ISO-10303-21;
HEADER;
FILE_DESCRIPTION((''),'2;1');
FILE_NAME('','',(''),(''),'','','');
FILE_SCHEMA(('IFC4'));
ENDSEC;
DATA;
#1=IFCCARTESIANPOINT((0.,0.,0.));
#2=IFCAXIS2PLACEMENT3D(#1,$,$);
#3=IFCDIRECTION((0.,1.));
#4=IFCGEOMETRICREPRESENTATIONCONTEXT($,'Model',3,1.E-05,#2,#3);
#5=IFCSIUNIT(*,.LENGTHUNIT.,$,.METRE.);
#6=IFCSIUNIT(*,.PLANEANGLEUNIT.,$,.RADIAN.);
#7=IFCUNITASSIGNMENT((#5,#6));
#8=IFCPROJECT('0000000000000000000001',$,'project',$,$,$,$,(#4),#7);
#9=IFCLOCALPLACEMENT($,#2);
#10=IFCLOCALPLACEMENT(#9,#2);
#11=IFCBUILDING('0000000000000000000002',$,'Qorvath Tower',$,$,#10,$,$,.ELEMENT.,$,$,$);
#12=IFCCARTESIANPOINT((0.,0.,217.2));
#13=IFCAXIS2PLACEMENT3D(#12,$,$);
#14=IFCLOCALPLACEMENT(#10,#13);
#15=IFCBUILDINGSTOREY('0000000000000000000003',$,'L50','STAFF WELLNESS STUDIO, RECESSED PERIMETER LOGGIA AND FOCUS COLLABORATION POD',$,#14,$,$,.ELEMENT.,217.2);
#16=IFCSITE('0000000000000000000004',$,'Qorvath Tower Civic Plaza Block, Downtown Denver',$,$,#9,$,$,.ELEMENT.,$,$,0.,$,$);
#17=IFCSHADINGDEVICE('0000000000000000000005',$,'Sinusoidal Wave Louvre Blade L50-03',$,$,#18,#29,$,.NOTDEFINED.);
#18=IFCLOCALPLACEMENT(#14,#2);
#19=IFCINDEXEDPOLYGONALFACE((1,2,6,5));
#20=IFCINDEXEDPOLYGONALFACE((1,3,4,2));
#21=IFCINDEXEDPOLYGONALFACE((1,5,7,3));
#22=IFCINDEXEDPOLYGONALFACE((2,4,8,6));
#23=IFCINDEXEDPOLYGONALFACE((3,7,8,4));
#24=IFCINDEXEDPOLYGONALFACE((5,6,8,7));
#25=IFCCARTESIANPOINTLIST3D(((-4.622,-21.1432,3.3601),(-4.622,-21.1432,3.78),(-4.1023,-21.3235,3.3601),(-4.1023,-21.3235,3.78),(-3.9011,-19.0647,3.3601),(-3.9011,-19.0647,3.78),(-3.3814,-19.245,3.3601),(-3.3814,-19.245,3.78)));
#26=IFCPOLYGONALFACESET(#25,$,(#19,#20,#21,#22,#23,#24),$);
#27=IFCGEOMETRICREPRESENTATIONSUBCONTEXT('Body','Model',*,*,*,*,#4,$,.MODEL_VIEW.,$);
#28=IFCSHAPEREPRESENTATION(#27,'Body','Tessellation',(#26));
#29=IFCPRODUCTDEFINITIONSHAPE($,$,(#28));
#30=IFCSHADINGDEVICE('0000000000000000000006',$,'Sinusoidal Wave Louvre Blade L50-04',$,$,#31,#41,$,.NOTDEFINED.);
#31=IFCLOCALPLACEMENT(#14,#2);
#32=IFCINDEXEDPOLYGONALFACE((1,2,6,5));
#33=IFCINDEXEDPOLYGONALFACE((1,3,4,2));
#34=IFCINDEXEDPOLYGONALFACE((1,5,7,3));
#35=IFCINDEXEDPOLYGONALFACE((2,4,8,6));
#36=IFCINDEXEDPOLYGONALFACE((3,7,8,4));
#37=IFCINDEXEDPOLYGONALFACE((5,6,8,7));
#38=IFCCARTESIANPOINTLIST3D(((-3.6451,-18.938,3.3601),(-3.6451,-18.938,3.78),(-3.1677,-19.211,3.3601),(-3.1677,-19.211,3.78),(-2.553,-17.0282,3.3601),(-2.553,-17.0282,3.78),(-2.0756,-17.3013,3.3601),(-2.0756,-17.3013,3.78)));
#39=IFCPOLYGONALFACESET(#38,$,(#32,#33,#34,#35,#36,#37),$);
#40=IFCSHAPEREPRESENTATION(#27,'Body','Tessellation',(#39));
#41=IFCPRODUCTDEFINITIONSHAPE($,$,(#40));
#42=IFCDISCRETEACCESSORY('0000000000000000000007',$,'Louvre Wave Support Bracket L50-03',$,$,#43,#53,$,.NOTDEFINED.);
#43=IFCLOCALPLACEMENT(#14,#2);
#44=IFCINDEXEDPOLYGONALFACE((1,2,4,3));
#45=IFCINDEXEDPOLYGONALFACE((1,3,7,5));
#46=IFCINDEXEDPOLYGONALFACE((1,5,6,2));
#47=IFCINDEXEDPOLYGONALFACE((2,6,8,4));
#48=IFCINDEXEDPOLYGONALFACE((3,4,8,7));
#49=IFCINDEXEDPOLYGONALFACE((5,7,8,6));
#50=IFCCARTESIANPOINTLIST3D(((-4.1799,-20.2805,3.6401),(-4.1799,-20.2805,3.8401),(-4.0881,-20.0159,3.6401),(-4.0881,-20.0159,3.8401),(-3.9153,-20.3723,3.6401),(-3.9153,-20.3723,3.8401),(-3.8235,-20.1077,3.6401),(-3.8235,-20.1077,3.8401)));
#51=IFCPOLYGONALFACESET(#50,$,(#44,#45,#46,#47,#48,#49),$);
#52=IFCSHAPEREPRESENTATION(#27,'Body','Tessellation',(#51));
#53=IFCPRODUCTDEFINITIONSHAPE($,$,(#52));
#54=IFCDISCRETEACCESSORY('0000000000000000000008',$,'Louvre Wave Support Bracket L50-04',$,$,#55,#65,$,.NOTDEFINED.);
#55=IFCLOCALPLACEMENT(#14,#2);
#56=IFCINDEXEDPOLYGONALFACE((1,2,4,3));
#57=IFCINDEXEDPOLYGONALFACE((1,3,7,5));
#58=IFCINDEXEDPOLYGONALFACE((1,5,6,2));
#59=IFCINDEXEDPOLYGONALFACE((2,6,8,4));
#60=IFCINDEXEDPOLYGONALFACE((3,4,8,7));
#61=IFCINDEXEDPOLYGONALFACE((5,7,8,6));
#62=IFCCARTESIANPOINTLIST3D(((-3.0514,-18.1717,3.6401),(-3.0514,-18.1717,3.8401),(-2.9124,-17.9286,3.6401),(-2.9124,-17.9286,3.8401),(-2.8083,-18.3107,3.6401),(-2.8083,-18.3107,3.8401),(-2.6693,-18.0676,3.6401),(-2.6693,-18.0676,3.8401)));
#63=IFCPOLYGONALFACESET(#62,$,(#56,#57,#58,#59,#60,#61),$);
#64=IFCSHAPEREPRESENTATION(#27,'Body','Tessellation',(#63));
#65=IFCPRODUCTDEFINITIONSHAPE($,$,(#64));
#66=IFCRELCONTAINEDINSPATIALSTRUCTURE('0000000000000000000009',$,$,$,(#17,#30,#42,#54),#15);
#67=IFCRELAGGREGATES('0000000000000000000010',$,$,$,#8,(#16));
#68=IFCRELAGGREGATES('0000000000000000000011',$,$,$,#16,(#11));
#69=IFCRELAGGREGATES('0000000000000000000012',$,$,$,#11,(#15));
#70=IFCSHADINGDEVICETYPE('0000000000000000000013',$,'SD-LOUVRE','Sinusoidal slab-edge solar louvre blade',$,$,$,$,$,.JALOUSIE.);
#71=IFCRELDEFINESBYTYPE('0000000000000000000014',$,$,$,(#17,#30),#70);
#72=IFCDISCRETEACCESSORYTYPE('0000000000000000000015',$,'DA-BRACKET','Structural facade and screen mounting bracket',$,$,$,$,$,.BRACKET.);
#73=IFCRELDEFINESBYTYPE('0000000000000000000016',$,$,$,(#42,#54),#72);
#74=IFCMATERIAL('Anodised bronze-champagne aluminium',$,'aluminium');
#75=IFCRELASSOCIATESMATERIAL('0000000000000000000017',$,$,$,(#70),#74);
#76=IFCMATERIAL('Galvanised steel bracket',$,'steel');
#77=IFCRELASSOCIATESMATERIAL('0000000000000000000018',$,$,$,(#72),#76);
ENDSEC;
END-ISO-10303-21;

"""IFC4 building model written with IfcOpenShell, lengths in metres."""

from ifc_helpers import new_model, si_unit, direction, frame, origin, origin_2d, place, context, subcontext, project, spatial, rectangle, extrude, material, type_object, element, save


model = new_model("IFC4")

# Units and contexts
model_context = context("Model", 3, precision=1e-05, world=origin(), true_north=direction((0.0, 1.0)))
body_context = subcontext(model_context, "Body", "Model", "MODEL_VIEW")
ifc_project = project(units=[si_unit("LENGTHUNIT", "METRE"), si_unit("PLANEANGLEUNIT", "RADIAN")], contexts=[model_context])

# Site, building, storey
site_placement = place(None, origin())
site = spatial("IfcSite", under=ifc_project, at=site_placement, Name="Qorvath Tower Civic Plaza Block, Downtown Denver", CompositionType="ELEMENT", RefElevation=0.0)
building_placement = place(site_placement, origin())
building = spatial("IfcBuilding", under=site, at=building_placement, Name="Qorvath Tower", CompositionType="ELEMENT")
storey_placement = place(building_placement, frame((0.0, 0.0, 217.2)))
storey = spatial("IfcBuildingStorey", under=building, at=storey_placement, Name="L50", Description="STAFF WELLNESS STUDIO, RECESSED PERIMETER LOGGIA AND FOCUS COLLABORATION POD", CompositionType="ELEMENT", Elevation=217.2)

# Shading devices
ifc_material_1 = material(Name="Anodised bronze-champagne aluminium", Category="aluminium")
shading_device_type = type_object("IfcShadingDeviceType", Name="SD-LOUVRE", Description="Sinusoidal slab-edge solar louvre blade", PredefinedType="JALOUSIE", material=ifc_material_1)
for number, where, z_axis, x_axis, name in (
    (1, (-4.0017, -20.1941, 3.3601), (0.0, 0.0, 1.0), (0.327686, 0.944787, 0.0), "Sinusoidal Wave Louvre Blade L50-03"),
    (2, (-2.8604, -18.1196, 3.3601), (0.0, 0.0, 1.0), (0.49642, 0.868083, 0.0), "Sinusoidal Wave Louvre Blade L50-04"),
):
    element("IfcShadingDevice", number, at=place(storey_placement, frame(where, z_axis=z_axis, x_axis=x_axis)), inside=storey, type_object=shading_device_type, Name=name, PredefinedType="NOTDEFINED", context=body_context, shape_type="SweptSolid", body=[
        extrude(rectangle(XDim=2.2, YDim=0.55, at=origin_2d()), origin(), (0.0, 0.0, 1.0), 0.4199),
    ])

# Discrete accessories
ifc_material_2 = material(Name="Galvanised steel bracket", Category="steel")
discrete_accessory_type = type_object("IfcDiscreteAccessoryType", Name="DA-BRACKET", Description="Structural facade and screen mounting bracket", PredefinedType="BRACKET", material=ifc_material_2)
for number, where, z_axis, x_axis, name in (
    (3, (-4.0017, -20.1941, 3.6401), (0.0, 0.0, 1.0), (0.327686, 0.944787, 0.0), "Louvre Wave Support Bracket L50-03"),
    (4, (-2.8604, -18.1196, 3.6401), (0.0, 0.0, 1.0), (0.49642, 0.868083, 0.0), "Louvre Wave Support Bracket L50-04"),
):
    element("IfcDiscreteAccessory", number, at=place(storey_placement, frame(where, z_axis=z_axis, x_axis=x_axis)), inside=storey, type_object=discrete_accessory_type, Name=name, PredefinedType="NOTDEFINED", context=body_context, shape_type="SweptSolid", body=[
        extrude(rectangle(XDim=0.28, YDim=0.28, at=origin_2d()), origin(), (0.0, 0.0, 1.0), 0.2),
    ])

save(model, "model.ifc")
